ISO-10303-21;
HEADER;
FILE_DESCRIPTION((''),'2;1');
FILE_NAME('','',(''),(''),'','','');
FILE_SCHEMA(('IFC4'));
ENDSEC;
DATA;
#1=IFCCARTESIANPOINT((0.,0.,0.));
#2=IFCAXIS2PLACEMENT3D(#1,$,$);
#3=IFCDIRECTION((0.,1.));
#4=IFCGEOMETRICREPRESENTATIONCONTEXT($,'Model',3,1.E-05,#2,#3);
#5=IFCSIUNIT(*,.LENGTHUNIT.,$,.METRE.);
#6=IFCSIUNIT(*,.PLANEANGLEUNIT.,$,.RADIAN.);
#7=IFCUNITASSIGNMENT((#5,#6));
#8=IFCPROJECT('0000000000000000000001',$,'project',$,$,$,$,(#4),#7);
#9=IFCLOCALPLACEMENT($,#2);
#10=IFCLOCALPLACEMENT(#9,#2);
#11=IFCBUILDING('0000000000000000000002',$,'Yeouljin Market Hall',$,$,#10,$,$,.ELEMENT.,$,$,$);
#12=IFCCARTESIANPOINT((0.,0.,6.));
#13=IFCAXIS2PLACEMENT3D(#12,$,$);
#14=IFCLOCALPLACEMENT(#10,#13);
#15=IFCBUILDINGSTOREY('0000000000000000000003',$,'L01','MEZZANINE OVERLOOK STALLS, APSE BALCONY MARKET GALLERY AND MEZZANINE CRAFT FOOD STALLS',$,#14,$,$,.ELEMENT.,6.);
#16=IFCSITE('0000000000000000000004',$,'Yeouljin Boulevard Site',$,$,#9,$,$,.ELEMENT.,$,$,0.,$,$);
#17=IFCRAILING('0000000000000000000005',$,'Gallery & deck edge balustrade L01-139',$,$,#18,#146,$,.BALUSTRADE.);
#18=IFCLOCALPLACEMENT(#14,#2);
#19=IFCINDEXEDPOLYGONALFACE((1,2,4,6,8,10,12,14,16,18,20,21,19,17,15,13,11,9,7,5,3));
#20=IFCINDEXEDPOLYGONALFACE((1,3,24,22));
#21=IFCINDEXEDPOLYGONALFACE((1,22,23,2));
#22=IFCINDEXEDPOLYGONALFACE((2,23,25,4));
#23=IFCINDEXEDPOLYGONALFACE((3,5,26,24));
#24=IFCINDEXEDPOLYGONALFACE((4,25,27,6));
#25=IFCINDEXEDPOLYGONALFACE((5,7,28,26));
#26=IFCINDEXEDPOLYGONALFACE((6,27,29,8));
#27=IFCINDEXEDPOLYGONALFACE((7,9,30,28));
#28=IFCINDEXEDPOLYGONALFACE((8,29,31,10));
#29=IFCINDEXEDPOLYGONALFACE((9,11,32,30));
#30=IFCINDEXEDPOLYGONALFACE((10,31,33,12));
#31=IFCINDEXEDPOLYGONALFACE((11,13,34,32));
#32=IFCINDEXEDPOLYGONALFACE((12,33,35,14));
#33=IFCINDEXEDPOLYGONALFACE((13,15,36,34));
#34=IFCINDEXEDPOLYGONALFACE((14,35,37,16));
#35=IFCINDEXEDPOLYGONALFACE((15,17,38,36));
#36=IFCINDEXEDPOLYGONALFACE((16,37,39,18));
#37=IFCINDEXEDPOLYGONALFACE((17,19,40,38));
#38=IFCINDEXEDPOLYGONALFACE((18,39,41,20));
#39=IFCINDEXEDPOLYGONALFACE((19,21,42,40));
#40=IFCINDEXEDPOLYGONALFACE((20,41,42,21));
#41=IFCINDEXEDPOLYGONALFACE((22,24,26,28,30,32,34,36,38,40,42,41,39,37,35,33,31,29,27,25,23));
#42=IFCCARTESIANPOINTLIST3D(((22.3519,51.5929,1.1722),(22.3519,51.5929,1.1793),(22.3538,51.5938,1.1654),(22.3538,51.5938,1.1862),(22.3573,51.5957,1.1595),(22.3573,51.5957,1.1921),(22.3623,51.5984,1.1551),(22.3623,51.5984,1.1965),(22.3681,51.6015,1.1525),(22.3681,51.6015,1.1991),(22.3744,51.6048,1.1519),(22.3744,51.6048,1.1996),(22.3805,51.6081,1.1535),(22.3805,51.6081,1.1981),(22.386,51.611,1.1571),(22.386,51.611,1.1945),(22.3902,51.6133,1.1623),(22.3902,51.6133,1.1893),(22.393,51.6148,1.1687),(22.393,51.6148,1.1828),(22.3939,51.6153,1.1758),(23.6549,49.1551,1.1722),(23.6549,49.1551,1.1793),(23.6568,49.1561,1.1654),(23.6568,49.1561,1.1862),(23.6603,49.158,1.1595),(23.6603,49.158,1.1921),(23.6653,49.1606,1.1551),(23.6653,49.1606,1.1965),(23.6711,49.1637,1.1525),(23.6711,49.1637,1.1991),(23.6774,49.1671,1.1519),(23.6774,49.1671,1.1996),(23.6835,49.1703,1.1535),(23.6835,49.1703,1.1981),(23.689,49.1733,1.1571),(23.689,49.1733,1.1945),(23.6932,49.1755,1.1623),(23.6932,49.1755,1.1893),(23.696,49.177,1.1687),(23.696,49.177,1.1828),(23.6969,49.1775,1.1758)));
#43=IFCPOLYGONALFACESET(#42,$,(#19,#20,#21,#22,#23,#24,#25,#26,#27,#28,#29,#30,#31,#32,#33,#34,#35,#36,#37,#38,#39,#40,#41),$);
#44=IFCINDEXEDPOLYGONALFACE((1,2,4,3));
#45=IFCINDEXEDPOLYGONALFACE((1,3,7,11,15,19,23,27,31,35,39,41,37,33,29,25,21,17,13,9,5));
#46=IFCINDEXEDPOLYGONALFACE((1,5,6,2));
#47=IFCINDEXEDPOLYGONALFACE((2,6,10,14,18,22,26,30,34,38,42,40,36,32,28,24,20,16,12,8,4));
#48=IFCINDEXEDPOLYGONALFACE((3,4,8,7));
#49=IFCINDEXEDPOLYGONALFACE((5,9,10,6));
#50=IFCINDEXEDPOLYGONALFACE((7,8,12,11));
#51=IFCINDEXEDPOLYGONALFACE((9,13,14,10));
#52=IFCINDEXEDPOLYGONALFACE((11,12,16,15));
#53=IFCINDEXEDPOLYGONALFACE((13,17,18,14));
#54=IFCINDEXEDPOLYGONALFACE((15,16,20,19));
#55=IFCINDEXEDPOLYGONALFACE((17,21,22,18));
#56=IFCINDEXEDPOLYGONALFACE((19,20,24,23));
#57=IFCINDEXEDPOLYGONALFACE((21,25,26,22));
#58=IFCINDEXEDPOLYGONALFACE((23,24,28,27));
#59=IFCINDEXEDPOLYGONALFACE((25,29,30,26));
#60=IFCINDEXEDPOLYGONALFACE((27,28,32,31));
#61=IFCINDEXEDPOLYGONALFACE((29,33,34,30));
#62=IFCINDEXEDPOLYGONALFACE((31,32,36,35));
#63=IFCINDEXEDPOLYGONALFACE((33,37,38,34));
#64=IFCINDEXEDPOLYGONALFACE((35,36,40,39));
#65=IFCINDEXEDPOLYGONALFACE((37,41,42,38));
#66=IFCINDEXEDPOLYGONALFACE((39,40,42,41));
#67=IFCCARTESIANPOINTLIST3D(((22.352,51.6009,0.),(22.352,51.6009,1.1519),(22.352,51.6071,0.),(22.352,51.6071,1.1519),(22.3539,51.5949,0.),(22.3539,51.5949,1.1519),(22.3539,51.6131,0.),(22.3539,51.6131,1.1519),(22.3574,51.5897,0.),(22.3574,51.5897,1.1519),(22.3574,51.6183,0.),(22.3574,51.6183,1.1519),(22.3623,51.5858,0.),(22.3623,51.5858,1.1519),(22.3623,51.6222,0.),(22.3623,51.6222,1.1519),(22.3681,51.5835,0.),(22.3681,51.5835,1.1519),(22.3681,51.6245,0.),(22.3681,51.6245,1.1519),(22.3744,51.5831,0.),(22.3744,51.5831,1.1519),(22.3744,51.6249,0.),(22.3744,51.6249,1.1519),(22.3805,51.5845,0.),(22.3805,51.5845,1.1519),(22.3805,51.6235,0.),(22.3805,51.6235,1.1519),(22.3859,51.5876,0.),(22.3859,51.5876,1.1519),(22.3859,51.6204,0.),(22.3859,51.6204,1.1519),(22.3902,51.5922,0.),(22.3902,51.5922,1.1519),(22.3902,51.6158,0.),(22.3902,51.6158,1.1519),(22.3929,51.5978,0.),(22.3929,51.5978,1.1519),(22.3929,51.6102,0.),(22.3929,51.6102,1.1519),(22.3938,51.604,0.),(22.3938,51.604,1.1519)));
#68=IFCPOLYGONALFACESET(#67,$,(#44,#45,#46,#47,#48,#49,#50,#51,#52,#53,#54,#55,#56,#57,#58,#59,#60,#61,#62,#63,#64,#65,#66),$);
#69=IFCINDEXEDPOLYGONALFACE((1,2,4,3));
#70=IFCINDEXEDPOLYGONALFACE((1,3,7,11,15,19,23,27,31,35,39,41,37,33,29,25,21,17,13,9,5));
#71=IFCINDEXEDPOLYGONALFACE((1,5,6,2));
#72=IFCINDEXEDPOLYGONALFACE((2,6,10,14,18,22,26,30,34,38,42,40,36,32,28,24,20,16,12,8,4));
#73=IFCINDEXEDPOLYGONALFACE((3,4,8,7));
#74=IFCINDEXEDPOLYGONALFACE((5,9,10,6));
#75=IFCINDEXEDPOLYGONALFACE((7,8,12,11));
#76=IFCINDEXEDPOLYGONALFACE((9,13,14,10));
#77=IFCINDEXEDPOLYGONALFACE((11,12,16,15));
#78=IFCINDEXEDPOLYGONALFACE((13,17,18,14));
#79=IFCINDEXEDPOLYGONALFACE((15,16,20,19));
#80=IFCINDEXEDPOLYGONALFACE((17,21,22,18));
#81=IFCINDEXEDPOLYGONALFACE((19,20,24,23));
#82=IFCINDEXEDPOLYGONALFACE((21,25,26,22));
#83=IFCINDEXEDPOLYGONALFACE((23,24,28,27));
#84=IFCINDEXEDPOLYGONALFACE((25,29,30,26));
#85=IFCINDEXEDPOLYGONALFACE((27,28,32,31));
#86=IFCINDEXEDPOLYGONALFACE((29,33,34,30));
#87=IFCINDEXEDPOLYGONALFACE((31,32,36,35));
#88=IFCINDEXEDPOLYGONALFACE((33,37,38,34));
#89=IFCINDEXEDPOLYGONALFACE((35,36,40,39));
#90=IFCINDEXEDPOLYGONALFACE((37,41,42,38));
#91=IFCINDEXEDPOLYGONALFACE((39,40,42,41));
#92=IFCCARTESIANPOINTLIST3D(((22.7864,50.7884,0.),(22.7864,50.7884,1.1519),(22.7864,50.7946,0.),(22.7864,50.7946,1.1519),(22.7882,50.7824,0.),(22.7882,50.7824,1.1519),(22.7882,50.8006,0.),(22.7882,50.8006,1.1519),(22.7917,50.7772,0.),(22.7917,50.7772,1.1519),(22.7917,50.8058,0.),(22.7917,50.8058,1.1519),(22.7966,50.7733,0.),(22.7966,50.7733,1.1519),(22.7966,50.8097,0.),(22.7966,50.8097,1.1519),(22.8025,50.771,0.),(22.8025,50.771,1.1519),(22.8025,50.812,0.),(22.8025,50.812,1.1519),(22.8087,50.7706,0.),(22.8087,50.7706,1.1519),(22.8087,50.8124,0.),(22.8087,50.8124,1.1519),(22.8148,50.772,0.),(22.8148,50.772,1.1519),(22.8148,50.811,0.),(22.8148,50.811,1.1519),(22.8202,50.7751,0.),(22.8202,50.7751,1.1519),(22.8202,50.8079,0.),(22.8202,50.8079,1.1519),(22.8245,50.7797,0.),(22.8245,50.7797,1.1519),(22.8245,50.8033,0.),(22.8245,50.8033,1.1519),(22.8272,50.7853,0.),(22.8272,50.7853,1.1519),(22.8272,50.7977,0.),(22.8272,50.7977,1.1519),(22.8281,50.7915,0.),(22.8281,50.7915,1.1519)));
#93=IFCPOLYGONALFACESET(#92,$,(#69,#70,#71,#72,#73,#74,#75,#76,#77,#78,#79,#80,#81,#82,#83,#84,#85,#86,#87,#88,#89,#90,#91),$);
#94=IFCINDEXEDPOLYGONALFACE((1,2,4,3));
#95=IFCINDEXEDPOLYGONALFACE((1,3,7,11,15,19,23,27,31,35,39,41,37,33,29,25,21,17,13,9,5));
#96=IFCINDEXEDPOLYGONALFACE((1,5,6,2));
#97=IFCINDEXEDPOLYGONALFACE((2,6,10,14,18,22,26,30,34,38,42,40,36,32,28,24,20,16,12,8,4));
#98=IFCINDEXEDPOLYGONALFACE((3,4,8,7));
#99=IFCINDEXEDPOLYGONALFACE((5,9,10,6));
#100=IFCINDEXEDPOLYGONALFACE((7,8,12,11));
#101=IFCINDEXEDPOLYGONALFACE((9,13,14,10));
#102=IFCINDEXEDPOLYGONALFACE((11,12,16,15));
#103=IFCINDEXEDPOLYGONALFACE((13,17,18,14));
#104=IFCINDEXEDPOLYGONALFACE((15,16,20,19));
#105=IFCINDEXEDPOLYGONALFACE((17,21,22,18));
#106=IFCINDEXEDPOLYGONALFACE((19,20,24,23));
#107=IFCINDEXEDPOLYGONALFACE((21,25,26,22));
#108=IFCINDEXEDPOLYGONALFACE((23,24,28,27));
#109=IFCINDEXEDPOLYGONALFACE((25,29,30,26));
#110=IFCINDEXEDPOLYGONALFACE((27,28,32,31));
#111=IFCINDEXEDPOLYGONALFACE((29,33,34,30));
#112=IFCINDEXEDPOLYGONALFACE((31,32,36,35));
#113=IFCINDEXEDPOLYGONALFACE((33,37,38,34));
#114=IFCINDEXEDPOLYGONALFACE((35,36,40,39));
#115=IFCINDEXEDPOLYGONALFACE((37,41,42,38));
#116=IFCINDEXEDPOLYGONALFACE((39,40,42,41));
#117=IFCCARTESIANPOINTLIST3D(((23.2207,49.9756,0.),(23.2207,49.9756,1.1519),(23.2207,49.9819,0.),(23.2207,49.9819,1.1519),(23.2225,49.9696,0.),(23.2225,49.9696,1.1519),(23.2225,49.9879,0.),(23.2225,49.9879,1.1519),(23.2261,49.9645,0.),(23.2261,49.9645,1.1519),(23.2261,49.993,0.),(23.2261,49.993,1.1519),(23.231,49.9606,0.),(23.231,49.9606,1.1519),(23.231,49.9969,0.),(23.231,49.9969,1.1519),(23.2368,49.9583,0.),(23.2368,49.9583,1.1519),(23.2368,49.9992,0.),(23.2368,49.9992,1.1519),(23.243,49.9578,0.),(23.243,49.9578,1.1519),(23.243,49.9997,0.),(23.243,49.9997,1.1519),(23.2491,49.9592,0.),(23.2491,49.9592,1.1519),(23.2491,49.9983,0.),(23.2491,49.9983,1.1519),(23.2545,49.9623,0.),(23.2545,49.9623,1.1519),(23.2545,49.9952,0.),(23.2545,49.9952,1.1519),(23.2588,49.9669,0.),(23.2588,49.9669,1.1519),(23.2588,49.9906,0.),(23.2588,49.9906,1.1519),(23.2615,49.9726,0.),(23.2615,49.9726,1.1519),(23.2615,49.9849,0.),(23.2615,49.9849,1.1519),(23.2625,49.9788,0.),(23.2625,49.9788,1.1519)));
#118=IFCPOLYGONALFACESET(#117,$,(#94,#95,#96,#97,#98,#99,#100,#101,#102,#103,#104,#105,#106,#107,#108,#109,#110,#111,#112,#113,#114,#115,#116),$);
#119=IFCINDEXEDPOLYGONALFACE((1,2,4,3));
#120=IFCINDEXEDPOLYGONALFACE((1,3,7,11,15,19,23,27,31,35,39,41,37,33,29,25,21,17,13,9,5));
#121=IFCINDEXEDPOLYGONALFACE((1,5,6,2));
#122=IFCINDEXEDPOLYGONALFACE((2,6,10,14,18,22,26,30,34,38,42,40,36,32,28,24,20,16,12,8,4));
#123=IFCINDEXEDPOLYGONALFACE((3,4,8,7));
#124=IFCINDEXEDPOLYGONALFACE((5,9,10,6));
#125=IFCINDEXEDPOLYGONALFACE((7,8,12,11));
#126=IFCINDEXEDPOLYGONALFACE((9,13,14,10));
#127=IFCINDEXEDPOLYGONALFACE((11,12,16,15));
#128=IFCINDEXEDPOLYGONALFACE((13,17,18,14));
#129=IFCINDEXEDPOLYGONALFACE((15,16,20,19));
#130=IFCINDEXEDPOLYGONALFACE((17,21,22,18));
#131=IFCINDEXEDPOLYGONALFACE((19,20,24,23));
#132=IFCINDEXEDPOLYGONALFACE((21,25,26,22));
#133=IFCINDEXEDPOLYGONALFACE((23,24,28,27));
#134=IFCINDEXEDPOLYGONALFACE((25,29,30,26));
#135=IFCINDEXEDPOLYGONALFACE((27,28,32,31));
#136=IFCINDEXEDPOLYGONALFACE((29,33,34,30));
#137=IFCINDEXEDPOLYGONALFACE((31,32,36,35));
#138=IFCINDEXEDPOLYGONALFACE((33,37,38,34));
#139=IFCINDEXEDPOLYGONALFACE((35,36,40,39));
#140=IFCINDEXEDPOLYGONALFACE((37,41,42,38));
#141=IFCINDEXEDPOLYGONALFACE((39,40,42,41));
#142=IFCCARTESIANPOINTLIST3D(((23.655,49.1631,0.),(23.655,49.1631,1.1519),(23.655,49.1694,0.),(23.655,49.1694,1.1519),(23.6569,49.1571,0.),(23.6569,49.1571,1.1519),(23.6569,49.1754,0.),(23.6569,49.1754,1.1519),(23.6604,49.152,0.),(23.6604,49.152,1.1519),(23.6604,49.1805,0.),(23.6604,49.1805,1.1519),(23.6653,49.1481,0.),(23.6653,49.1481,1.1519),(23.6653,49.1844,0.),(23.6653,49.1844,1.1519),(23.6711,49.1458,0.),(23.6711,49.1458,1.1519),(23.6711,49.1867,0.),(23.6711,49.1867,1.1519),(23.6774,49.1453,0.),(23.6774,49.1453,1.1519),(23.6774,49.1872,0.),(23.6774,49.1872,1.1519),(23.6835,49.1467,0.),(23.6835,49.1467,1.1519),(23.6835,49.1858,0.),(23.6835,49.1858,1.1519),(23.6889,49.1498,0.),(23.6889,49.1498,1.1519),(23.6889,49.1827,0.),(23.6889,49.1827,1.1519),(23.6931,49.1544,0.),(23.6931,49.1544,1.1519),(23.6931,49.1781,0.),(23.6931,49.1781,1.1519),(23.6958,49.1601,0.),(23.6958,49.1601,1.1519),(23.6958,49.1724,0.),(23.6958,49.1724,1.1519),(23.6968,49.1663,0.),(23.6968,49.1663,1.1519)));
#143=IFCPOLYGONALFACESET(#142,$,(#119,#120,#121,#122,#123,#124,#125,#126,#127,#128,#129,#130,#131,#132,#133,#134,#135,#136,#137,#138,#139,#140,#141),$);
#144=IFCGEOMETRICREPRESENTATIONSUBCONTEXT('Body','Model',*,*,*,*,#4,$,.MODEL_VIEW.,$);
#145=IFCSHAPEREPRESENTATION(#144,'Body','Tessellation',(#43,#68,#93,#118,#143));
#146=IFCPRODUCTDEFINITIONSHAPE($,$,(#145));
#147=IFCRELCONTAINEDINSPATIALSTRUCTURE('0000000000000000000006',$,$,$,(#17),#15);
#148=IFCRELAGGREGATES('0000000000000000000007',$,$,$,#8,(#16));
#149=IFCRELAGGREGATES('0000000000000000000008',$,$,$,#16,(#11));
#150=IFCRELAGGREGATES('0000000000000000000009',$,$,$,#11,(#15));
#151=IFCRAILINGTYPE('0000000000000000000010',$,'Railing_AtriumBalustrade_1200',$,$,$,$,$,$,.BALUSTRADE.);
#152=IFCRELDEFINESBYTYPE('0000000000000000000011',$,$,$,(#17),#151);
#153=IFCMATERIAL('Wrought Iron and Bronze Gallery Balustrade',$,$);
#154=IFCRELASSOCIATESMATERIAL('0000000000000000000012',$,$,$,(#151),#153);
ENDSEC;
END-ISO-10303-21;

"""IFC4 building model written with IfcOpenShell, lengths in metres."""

from ifc_helpers import new_model, si_unit, direction, frame, origin, origin_2d, place, context, subcontext, project, spatial, circle, extrude, material, type_object, element, save


model = new_model("IFC4")

# Units and contexts
model_context = context("Model", 3, precision=1e-05, world=origin(), true_north=direction((0.0, 1.0)))
body_context = subcontext(model_context, "Body", "Model", "MODEL_VIEW")
ifc_project = project(units=[si_unit("LENGTHUNIT", "METRE"), si_unit("PLANEANGLEUNIT", "RADIAN")], contexts=[model_context])

# Site, building, storey
site_placement = place(None, origin())
site = spatial("IfcSite", under=ifc_project, at=site_placement, Name="Yeouljin Boulevard Site", CompositionType="ELEMENT", RefElevation=0.0)
building_placement = place(site_placement, origin())
building = spatial("IfcBuilding", under=site, at=building_placement, Name="Yeouljin Market Hall", CompositionType="ELEMENT")
storey_placement = place(building_placement, frame((0.0, 0.0, 6.0)))
storey = spatial("IfcBuildingStorey", under=building, at=storey_placement, Name="L01", Description="MEZZANINE OVERLOOK STALLS, APSE BALCONY MARKET GALLERY AND MEZZANINE CRAFT FOOD STALLS", CompositionType="ELEMENT", Elevation=6.0)

# Railing
ifc_material_1 = material(Name="Wrought Iron and Bronze Gallery Balustrade")
railing_type = type_object("IfcRailingType", Name="Railing_AtriumBalustrade_1200", PredefinedType="BALUSTRADE", material=ifc_material_1)
railing_1_placement = place(storey_placement, frame((22.3728, 51.604, 0.0)))
element("IfcRailing", 1, at=railing_1_placement, inside=storey, type_object=railing_type, Name="Gallery & deck edge balustrade L01-139", PredefinedType="BALUSTRADE", context=body_context, shape_type="SweptSolid", body=[
    extrude(circle(Radius=0.0239, at=origin_2d()), frame((0.0, 0.0, 1.1758), z_axis=(0.47139, -0.881925, 0.0), x_axis=(0.881925, 0.47139, 0.0)), (0.0, 0.0, 1.0), 2.7642),
    extrude(circle(Radius=0.021, at=origin_2d()), origin(), (0.0, 0.0, 1.0), 1.1519),
    extrude(circle(Radius=0.021, at=origin_2d()), frame((0.4343, -0.8125, 0.0)), (0.0, 0.0, 1.0), 1.1519),
    extrude(circle(Radius=0.021, at=origin_2d()), frame((0.8687, -1.6252, 0.0)), (0.0, 0.0, 1.0), 1.1519),
    extrude(circle(Radius=0.021, at=origin_2d()), frame((1.303, -2.4377, 0.0)), (0.0, 0.0, 1.0), 1.1519),
])

save(model, "model.ifc")
